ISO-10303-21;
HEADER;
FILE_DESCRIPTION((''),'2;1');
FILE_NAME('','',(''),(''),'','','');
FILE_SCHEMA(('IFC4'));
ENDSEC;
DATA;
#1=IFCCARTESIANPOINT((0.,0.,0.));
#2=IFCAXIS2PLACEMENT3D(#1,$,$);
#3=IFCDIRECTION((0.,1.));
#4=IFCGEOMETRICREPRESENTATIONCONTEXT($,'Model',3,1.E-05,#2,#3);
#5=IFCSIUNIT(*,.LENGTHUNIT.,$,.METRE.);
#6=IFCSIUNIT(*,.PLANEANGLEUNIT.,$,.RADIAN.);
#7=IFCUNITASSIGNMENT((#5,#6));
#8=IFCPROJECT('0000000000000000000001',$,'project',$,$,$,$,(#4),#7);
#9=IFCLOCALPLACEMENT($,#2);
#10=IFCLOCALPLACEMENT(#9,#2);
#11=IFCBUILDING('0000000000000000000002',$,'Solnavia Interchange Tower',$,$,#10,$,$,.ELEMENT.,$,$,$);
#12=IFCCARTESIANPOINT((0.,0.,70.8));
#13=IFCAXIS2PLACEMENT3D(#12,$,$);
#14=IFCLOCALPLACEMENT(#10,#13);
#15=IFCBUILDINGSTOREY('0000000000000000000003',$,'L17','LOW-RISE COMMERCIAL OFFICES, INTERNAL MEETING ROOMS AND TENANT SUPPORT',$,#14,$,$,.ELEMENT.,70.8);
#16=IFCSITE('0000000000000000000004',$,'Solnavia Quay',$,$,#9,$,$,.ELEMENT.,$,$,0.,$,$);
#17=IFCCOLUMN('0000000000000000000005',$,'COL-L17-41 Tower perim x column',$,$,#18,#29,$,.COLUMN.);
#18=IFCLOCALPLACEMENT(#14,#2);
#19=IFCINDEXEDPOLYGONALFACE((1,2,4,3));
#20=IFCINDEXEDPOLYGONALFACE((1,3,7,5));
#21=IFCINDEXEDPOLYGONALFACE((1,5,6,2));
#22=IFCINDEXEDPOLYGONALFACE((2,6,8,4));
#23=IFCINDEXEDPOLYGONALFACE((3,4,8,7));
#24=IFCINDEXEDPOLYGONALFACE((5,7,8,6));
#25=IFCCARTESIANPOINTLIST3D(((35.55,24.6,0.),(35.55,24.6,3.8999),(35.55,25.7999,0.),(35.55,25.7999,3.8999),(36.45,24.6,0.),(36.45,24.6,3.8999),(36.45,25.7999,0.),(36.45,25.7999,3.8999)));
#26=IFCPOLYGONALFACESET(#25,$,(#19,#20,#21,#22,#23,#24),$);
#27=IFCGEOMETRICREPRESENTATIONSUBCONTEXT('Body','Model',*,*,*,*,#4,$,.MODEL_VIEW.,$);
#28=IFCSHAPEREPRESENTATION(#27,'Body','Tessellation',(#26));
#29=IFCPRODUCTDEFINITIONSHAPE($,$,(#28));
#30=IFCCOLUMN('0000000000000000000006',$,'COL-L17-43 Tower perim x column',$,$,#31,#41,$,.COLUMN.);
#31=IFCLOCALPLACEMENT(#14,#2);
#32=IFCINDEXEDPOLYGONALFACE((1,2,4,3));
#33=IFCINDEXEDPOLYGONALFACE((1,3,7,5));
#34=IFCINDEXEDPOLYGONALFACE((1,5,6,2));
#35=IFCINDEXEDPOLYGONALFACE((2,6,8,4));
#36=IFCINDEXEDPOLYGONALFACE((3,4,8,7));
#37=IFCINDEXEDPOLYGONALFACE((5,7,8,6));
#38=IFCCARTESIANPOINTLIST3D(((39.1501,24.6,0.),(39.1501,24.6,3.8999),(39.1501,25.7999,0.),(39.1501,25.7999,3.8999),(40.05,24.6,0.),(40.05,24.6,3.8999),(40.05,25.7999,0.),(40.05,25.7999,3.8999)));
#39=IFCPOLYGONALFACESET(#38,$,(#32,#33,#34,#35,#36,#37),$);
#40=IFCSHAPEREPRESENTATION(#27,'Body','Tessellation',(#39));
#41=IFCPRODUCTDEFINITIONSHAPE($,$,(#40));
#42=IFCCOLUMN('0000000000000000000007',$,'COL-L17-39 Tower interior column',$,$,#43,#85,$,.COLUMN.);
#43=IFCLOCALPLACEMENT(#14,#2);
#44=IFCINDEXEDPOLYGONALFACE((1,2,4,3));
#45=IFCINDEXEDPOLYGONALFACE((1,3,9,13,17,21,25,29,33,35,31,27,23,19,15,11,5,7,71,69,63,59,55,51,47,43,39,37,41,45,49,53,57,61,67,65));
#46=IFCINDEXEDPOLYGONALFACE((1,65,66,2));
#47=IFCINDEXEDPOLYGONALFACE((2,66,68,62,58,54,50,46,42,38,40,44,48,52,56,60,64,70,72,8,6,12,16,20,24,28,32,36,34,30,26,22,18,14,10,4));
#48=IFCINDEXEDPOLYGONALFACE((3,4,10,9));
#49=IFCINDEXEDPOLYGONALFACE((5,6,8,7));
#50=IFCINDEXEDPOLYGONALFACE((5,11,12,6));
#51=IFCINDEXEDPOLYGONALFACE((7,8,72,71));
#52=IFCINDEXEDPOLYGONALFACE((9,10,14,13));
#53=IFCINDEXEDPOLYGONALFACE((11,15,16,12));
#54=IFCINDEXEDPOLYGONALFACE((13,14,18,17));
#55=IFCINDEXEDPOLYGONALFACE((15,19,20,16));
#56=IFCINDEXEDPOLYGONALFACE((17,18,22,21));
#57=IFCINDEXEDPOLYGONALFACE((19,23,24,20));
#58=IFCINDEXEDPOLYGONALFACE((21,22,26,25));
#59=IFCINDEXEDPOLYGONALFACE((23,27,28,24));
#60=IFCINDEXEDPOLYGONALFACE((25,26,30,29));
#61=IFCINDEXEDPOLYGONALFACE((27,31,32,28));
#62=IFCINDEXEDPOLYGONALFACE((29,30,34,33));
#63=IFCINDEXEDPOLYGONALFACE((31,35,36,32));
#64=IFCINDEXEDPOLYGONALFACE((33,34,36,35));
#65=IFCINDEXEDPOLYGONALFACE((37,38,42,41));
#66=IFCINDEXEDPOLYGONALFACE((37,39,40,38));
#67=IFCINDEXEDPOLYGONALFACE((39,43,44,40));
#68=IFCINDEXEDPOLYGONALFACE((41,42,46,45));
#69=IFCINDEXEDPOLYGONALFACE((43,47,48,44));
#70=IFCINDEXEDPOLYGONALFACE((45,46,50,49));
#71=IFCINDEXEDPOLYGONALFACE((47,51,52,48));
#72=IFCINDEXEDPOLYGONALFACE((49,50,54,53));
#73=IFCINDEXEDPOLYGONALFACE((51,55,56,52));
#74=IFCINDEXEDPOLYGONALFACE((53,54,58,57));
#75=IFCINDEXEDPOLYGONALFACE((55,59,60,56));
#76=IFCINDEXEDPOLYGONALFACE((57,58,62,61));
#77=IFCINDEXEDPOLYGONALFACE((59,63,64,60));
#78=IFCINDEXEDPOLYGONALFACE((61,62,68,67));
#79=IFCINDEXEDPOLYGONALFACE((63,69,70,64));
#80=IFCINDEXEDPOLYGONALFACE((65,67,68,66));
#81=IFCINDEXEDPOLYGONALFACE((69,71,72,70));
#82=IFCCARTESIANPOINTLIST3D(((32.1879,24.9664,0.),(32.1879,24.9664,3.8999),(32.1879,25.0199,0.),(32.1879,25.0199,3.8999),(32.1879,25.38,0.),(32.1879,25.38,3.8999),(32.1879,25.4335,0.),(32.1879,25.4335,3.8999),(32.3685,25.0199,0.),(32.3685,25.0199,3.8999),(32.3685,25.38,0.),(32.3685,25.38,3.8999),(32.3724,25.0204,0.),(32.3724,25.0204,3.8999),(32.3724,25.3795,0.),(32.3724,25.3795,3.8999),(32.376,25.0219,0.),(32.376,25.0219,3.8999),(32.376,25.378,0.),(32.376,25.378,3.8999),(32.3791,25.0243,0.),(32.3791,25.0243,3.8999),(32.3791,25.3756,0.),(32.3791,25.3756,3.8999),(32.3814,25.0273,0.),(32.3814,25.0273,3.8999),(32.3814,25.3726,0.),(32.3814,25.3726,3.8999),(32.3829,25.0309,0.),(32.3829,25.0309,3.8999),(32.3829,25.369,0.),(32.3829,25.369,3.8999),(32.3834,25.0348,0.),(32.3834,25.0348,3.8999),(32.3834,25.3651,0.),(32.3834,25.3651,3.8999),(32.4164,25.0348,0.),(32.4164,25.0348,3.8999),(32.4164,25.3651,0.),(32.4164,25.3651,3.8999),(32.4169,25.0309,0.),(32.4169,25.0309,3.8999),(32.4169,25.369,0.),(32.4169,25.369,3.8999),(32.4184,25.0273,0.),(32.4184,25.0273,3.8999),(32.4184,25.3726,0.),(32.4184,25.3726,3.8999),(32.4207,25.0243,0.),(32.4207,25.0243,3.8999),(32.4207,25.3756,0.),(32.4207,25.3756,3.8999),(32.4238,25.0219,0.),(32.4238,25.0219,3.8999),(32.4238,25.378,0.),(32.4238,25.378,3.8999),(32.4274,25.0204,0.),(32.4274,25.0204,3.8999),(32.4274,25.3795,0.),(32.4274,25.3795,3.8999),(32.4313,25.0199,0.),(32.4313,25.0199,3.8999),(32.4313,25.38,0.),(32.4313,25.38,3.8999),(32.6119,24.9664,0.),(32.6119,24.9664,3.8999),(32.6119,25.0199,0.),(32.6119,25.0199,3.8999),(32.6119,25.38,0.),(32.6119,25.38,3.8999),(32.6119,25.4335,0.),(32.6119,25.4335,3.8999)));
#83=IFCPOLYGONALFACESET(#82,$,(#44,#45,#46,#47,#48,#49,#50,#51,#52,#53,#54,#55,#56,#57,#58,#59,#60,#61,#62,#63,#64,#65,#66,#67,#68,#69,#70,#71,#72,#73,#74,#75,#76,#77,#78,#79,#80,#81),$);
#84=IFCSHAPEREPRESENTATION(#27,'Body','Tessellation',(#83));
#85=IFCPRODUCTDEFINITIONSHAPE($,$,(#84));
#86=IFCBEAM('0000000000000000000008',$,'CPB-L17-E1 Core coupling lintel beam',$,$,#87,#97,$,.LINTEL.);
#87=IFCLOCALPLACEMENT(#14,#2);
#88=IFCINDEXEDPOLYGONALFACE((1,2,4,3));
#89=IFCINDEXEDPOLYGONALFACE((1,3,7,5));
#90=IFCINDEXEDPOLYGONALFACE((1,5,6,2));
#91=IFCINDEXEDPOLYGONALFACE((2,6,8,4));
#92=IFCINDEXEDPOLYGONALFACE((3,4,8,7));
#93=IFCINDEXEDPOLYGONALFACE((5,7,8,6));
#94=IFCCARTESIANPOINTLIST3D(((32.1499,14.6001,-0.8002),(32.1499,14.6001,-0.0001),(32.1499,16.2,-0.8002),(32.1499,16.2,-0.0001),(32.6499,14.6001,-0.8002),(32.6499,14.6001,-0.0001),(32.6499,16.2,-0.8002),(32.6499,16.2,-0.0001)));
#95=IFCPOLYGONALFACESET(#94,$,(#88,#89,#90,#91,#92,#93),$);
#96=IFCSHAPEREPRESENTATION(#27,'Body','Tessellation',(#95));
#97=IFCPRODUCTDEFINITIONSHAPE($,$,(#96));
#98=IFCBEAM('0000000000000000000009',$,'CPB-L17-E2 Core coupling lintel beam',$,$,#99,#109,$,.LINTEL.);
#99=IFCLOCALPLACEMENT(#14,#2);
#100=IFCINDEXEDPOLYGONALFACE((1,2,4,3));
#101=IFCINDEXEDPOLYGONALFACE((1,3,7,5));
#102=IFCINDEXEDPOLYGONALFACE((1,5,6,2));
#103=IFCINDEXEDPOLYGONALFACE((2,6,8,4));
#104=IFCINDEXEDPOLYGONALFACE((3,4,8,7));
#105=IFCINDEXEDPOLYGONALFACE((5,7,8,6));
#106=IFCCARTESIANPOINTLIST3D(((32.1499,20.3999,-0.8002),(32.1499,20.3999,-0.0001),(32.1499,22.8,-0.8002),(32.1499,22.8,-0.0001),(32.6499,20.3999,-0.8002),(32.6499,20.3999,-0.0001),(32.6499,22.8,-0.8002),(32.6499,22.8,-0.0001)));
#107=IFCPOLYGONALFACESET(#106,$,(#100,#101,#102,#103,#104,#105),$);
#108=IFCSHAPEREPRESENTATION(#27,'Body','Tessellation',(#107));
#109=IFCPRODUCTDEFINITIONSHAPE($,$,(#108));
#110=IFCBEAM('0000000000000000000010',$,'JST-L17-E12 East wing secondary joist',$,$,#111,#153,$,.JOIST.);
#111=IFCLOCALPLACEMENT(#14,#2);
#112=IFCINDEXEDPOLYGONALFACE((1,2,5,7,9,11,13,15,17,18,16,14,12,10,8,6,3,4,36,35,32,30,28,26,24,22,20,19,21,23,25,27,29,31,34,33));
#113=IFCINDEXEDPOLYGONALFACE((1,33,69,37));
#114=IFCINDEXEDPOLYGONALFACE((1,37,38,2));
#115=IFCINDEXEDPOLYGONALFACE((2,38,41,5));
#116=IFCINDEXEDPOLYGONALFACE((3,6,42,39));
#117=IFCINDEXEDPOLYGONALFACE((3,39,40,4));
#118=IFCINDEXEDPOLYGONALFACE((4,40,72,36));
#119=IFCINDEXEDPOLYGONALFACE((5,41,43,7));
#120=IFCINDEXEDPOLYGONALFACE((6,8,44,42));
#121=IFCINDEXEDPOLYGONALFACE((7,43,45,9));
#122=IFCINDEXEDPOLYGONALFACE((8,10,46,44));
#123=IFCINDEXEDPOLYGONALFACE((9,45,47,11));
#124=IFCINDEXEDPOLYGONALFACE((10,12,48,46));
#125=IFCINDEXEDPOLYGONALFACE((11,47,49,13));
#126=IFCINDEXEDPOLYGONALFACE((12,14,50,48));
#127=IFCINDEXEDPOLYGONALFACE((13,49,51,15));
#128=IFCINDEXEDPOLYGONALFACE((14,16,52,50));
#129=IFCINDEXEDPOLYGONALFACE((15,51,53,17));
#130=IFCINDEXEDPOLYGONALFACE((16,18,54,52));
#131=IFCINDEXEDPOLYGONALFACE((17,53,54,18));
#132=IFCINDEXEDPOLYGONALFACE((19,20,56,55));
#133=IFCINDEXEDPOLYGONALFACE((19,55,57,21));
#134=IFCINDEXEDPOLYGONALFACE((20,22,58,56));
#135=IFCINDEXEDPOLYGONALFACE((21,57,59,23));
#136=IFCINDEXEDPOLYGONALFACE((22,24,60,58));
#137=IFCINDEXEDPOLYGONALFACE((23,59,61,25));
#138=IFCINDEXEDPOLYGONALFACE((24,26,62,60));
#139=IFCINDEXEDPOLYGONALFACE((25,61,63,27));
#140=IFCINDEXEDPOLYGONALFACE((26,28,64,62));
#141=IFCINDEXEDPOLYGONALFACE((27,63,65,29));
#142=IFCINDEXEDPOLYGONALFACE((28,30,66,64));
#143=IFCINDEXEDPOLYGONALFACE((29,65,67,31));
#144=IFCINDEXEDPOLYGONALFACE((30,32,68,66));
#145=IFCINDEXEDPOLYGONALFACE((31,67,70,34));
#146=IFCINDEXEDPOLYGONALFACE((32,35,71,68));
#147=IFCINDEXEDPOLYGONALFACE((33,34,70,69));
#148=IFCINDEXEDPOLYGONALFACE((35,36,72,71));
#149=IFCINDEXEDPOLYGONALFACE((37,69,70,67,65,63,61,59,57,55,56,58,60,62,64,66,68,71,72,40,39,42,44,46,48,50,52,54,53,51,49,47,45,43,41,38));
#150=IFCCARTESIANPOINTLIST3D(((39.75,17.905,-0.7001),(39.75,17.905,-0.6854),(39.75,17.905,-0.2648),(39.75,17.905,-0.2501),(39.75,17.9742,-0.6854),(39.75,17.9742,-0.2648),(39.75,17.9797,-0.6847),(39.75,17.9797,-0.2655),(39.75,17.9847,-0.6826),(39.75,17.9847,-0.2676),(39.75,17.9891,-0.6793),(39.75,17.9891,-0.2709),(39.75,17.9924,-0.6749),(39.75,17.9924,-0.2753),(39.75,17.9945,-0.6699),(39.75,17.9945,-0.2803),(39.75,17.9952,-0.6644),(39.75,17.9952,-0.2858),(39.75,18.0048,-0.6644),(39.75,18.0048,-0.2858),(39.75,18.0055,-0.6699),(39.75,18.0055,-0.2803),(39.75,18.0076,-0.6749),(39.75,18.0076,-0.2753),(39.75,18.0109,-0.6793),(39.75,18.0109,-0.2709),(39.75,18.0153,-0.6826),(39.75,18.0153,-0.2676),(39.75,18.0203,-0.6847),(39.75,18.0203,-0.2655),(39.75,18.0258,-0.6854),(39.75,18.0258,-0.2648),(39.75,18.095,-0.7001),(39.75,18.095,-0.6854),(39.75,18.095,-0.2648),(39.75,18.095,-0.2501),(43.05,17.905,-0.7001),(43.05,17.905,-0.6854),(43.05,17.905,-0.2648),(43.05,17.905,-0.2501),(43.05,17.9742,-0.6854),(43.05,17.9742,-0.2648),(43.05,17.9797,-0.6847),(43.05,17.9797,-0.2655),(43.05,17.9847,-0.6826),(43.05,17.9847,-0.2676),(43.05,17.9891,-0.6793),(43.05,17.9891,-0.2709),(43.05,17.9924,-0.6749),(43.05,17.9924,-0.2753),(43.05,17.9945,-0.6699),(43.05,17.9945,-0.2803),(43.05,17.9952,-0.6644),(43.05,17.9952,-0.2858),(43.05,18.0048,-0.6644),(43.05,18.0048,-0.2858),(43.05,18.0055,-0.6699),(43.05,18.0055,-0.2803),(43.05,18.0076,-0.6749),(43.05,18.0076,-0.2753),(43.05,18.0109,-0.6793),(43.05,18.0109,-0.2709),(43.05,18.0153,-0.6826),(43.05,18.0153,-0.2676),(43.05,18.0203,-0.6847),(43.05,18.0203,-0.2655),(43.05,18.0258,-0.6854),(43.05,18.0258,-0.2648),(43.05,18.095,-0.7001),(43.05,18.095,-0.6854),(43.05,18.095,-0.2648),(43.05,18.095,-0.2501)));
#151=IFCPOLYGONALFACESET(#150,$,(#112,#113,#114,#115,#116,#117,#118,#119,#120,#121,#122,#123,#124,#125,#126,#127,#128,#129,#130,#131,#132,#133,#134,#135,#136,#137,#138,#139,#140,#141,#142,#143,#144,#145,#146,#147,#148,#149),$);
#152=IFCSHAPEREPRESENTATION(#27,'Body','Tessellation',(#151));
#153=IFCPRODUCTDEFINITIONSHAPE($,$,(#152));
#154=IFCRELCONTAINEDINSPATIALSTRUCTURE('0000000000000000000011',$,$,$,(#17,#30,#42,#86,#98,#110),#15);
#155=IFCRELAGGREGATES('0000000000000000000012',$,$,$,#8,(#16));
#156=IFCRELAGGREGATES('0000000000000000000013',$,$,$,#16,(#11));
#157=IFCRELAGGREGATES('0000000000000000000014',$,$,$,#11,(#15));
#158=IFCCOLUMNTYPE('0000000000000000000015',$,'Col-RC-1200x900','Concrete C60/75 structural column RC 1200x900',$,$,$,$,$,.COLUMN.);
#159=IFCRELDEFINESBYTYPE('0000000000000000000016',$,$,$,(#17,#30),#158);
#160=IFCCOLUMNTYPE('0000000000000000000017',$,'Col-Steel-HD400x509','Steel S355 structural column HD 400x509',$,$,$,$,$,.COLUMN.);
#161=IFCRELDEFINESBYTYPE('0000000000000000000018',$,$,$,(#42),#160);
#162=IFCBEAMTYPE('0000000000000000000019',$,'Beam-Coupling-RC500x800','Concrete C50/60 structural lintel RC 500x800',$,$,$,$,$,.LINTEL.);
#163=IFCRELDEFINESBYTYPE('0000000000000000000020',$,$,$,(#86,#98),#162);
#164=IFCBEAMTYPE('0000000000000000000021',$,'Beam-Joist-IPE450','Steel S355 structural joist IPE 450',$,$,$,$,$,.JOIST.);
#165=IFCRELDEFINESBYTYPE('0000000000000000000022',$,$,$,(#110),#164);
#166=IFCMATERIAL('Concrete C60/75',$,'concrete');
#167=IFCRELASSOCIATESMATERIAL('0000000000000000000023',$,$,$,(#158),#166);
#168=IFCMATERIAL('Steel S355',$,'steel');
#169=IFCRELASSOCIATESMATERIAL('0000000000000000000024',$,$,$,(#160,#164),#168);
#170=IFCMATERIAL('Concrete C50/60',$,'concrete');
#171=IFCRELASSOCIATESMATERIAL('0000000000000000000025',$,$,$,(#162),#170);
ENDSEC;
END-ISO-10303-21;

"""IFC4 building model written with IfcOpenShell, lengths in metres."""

from ifc_helpers import new_model, si_unit, direction, frame, origin, origin_2d, place, context, subcontext, project, spatial, rectangle, i_section, extrude, material, material_profile, profile_set, type_object, element, save


model = new_model("IFC4")

# Units and contexts
model_context = context("Model", 3, precision=1e-05, world=origin(), true_north=direction((0.0, 1.0)))
body_context = subcontext(model_context, "Body", "Model", "MODEL_VIEW")
ifc_project = project(units=[si_unit("LENGTHUNIT", "METRE"), si_unit("PLANEANGLEUNIT", "RADIAN")], contexts=[model_context])

# Site, building, storey
site_placement = place(None, origin())
site = spatial("IfcSite", under=ifc_project, at=site_placement, Name="Solnavia Quay", CompositionType="ELEMENT", RefElevation=0.0)
building_placement = place(site_placement, origin())
building = spatial("IfcBuilding", under=site, at=building_placement, Name="Solnavia Interchange Tower", CompositionType="ELEMENT")
storey_placement = place(building_placement, frame((0.0, 0.0, 70.8)))
storey = spatial("IfcBuildingStorey", under=building, at=storey_placement, Name="L17", Description="LOW-RISE COMMERCIAL OFFICES, INTERNAL MEETING ROOMS AND TENANT SUPPORT", CompositionType="ELEMENT", Elevation=70.8)

# Columns
ifc_material_1 = material(Name="Concrete C60/75", Category="concrete")
ifc_material_profile_1 = material_profile(ifc_material_1, rectangle(XDim=0.8999, YDim=1.2, at=origin_2d()), Name="RC 1200x900")
ifc_profile_set_1 = profile_set([ifc_material_profile_1], Name="Concrete C60/75")
column_type_1 = type_object("IfcColumnType", Name="Col-RC-1200x900", Description="Concrete C60/75 structural column RC 1200x900", PredefinedType="COLUMN", material=ifc_profile_set_1)
for number, where, z_axis, x_axis, name in (
    (1, (36.0, 25.2, 0.0), (0.0, 0.0, 1.0), (1.0, 0.0, 0.0), "COL-L17-41 Tower perim x column"),
    (2, (39.6001, 25.2, 0.0), (0.0, 0.0, 1.0), (1.0, 0.0, 0.0), "COL-L17-43 Tower perim x column"),
):
    element("IfcColumn", number, at=place(storey_placement, frame(where, z_axis=z_axis, x_axis=x_axis)), inside=storey, type_object=column_type_1, Name=name, PredefinedType="COLUMN", context=body_context, shape_type="SweptSolid", body=[
        extrude(rectangle(XDim=0.8999, YDim=1.2, at=origin_2d()), origin(), (0.0, 0.0, 1.0), 3.8999),
    ])
ifc_material_2 = material(Name="Steel S355", Category="steel")
ifc_material_profile_2 = material_profile(ifc_material_2, i_section(OverallWidth=0.4241, OverallDepth=0.467, WebThickness=0.033, FlangeThickness=0.0535, FilletRadius=0.0149, at=origin_2d()), Name="HD 400x509")
ifc_profile_set_2 = profile_set([ifc_material_profile_2], Name="Steel S355")
column_type_2 = type_object("IfcColumnType", Name="Col-Steel-HD400x509", Description="Steel S355 structural column HD 400x509", PredefinedType="COLUMN", material=ifc_profile_set_2)
column_placement = place(storey_placement, frame((32.3999, 25.2, 0.0), z_axis=(0.0, 0.0, 1.0), x_axis=(1.0, 0.0, 0.0)))
element("IfcColumn", 3, at=column_placement, inside=storey, type_object=column_type_2, Name="COL-L17-39 Tower interior column", PredefinedType="COLUMN", context=body_context, shape_type="SweptSolid", body=[
    extrude(i_section(OverallWidth=0.4241, OverallDepth=0.467, WebThickness=0.033, FlangeThickness=0.0535, FilletRadius=0.0149, at=origin_2d()), origin(), (0.0, 0.0, 1.0), 3.8999),
])

# Beams
ifc_material_3 = material(Name="Concrete C50/60", Category="concrete")
ifc_material_profile_3 = material_profile(ifc_material_3, rectangle(XDim=0.5, YDim=0.8, at=origin_2d()), Name="RC 500x800")
ifc_profile_set_3 = profile_set([ifc_material_profile_3], Name="Concrete C50/60")
beam_type_1 = type_object("IfcBeamType", Name="Beam-Coupling-RC500x800", Description="Concrete C50/60 structural lintel RC 500x800", PredefinedType="LINTEL", material=ifc_profile_set_3)
beam_1_placement = place(storey_placement, frame((32.3999, 14.6001, -0.4001), z_axis=(0.0, 1.0, 0.0), x_axis=(-1.0, 0.0, 0.0)))
element("IfcBeam", 4, at=beam_1_placement, inside=storey, type_object=beam_type_1, Name="CPB-L17-E1 Core coupling lintel beam", PredefinedType="LINTEL", context=body_context, shape_type="SweptSolid", body=[
    extrude(rectangle(XDim=0.5, YDim=0.8, at=origin_2d()), origin(), (0.0, 0.0, 1.0), 1.5999),
])
beam_2_placement = place(storey_placement, frame((32.3999, 20.3999, -0.4001), z_axis=(0.0, 1.0, 0.0), x_axis=(-1.0, 0.0, 0.0)))
element("IfcBeam", 5, at=beam_2_placement, inside=storey, type_object=beam_type_1, Name="CPB-L17-E2 Core coupling lintel beam", PredefinedType="LINTEL", context=body_context, shape_type="SweptSolid", body=[
    extrude(rectangle(XDim=0.5, YDim=0.8, at=origin_2d()), origin(), (0.0, 0.0, 1.0), 2.4001),
])
ifc_material_profile_4 = material_profile(ifc_material_2, i_section(OverallWidth=0.1899, OverallDepth=0.45, WebThickness=0.0095, FlangeThickness=0.0146, FilletRadius=0.021, at=origin_2d()), Name="IPE 450")
ifc_profile_set_4 = profile_set([ifc_material_profile_4], Name="Steel S355")
beam_type_2 = type_object("IfcBeamType", Name="Beam-Joist-IPE450", Description="Steel S355 structural joist IPE 450", PredefinedType="JOIST", material=ifc_profile_set_4)
beam_3_placement = place(storey_placement, frame((39.75, 18.0, -0.4751), z_axis=(1.0, 0.0, 0.0), x_axis=(0.0, 1.0, 0.0)))
element("IfcBeam", 6, at=beam_3_placement, inside=storey, type_object=beam_type_2, Name="JST-L17-E12 East wing secondary joist", PredefinedType="JOIST", context=body_context, shape_type="SweptSolid", body=[
    extrude(i_section(OverallWidth=0.1899, OverallDepth=0.45, WebThickness=0.0095, FlangeThickness=0.0146, FilletRadius=0.021, at=origin_2d()), origin(), (0.0, 0.0, 1.0), 3.3),
])

save(model, "model.ifc")
